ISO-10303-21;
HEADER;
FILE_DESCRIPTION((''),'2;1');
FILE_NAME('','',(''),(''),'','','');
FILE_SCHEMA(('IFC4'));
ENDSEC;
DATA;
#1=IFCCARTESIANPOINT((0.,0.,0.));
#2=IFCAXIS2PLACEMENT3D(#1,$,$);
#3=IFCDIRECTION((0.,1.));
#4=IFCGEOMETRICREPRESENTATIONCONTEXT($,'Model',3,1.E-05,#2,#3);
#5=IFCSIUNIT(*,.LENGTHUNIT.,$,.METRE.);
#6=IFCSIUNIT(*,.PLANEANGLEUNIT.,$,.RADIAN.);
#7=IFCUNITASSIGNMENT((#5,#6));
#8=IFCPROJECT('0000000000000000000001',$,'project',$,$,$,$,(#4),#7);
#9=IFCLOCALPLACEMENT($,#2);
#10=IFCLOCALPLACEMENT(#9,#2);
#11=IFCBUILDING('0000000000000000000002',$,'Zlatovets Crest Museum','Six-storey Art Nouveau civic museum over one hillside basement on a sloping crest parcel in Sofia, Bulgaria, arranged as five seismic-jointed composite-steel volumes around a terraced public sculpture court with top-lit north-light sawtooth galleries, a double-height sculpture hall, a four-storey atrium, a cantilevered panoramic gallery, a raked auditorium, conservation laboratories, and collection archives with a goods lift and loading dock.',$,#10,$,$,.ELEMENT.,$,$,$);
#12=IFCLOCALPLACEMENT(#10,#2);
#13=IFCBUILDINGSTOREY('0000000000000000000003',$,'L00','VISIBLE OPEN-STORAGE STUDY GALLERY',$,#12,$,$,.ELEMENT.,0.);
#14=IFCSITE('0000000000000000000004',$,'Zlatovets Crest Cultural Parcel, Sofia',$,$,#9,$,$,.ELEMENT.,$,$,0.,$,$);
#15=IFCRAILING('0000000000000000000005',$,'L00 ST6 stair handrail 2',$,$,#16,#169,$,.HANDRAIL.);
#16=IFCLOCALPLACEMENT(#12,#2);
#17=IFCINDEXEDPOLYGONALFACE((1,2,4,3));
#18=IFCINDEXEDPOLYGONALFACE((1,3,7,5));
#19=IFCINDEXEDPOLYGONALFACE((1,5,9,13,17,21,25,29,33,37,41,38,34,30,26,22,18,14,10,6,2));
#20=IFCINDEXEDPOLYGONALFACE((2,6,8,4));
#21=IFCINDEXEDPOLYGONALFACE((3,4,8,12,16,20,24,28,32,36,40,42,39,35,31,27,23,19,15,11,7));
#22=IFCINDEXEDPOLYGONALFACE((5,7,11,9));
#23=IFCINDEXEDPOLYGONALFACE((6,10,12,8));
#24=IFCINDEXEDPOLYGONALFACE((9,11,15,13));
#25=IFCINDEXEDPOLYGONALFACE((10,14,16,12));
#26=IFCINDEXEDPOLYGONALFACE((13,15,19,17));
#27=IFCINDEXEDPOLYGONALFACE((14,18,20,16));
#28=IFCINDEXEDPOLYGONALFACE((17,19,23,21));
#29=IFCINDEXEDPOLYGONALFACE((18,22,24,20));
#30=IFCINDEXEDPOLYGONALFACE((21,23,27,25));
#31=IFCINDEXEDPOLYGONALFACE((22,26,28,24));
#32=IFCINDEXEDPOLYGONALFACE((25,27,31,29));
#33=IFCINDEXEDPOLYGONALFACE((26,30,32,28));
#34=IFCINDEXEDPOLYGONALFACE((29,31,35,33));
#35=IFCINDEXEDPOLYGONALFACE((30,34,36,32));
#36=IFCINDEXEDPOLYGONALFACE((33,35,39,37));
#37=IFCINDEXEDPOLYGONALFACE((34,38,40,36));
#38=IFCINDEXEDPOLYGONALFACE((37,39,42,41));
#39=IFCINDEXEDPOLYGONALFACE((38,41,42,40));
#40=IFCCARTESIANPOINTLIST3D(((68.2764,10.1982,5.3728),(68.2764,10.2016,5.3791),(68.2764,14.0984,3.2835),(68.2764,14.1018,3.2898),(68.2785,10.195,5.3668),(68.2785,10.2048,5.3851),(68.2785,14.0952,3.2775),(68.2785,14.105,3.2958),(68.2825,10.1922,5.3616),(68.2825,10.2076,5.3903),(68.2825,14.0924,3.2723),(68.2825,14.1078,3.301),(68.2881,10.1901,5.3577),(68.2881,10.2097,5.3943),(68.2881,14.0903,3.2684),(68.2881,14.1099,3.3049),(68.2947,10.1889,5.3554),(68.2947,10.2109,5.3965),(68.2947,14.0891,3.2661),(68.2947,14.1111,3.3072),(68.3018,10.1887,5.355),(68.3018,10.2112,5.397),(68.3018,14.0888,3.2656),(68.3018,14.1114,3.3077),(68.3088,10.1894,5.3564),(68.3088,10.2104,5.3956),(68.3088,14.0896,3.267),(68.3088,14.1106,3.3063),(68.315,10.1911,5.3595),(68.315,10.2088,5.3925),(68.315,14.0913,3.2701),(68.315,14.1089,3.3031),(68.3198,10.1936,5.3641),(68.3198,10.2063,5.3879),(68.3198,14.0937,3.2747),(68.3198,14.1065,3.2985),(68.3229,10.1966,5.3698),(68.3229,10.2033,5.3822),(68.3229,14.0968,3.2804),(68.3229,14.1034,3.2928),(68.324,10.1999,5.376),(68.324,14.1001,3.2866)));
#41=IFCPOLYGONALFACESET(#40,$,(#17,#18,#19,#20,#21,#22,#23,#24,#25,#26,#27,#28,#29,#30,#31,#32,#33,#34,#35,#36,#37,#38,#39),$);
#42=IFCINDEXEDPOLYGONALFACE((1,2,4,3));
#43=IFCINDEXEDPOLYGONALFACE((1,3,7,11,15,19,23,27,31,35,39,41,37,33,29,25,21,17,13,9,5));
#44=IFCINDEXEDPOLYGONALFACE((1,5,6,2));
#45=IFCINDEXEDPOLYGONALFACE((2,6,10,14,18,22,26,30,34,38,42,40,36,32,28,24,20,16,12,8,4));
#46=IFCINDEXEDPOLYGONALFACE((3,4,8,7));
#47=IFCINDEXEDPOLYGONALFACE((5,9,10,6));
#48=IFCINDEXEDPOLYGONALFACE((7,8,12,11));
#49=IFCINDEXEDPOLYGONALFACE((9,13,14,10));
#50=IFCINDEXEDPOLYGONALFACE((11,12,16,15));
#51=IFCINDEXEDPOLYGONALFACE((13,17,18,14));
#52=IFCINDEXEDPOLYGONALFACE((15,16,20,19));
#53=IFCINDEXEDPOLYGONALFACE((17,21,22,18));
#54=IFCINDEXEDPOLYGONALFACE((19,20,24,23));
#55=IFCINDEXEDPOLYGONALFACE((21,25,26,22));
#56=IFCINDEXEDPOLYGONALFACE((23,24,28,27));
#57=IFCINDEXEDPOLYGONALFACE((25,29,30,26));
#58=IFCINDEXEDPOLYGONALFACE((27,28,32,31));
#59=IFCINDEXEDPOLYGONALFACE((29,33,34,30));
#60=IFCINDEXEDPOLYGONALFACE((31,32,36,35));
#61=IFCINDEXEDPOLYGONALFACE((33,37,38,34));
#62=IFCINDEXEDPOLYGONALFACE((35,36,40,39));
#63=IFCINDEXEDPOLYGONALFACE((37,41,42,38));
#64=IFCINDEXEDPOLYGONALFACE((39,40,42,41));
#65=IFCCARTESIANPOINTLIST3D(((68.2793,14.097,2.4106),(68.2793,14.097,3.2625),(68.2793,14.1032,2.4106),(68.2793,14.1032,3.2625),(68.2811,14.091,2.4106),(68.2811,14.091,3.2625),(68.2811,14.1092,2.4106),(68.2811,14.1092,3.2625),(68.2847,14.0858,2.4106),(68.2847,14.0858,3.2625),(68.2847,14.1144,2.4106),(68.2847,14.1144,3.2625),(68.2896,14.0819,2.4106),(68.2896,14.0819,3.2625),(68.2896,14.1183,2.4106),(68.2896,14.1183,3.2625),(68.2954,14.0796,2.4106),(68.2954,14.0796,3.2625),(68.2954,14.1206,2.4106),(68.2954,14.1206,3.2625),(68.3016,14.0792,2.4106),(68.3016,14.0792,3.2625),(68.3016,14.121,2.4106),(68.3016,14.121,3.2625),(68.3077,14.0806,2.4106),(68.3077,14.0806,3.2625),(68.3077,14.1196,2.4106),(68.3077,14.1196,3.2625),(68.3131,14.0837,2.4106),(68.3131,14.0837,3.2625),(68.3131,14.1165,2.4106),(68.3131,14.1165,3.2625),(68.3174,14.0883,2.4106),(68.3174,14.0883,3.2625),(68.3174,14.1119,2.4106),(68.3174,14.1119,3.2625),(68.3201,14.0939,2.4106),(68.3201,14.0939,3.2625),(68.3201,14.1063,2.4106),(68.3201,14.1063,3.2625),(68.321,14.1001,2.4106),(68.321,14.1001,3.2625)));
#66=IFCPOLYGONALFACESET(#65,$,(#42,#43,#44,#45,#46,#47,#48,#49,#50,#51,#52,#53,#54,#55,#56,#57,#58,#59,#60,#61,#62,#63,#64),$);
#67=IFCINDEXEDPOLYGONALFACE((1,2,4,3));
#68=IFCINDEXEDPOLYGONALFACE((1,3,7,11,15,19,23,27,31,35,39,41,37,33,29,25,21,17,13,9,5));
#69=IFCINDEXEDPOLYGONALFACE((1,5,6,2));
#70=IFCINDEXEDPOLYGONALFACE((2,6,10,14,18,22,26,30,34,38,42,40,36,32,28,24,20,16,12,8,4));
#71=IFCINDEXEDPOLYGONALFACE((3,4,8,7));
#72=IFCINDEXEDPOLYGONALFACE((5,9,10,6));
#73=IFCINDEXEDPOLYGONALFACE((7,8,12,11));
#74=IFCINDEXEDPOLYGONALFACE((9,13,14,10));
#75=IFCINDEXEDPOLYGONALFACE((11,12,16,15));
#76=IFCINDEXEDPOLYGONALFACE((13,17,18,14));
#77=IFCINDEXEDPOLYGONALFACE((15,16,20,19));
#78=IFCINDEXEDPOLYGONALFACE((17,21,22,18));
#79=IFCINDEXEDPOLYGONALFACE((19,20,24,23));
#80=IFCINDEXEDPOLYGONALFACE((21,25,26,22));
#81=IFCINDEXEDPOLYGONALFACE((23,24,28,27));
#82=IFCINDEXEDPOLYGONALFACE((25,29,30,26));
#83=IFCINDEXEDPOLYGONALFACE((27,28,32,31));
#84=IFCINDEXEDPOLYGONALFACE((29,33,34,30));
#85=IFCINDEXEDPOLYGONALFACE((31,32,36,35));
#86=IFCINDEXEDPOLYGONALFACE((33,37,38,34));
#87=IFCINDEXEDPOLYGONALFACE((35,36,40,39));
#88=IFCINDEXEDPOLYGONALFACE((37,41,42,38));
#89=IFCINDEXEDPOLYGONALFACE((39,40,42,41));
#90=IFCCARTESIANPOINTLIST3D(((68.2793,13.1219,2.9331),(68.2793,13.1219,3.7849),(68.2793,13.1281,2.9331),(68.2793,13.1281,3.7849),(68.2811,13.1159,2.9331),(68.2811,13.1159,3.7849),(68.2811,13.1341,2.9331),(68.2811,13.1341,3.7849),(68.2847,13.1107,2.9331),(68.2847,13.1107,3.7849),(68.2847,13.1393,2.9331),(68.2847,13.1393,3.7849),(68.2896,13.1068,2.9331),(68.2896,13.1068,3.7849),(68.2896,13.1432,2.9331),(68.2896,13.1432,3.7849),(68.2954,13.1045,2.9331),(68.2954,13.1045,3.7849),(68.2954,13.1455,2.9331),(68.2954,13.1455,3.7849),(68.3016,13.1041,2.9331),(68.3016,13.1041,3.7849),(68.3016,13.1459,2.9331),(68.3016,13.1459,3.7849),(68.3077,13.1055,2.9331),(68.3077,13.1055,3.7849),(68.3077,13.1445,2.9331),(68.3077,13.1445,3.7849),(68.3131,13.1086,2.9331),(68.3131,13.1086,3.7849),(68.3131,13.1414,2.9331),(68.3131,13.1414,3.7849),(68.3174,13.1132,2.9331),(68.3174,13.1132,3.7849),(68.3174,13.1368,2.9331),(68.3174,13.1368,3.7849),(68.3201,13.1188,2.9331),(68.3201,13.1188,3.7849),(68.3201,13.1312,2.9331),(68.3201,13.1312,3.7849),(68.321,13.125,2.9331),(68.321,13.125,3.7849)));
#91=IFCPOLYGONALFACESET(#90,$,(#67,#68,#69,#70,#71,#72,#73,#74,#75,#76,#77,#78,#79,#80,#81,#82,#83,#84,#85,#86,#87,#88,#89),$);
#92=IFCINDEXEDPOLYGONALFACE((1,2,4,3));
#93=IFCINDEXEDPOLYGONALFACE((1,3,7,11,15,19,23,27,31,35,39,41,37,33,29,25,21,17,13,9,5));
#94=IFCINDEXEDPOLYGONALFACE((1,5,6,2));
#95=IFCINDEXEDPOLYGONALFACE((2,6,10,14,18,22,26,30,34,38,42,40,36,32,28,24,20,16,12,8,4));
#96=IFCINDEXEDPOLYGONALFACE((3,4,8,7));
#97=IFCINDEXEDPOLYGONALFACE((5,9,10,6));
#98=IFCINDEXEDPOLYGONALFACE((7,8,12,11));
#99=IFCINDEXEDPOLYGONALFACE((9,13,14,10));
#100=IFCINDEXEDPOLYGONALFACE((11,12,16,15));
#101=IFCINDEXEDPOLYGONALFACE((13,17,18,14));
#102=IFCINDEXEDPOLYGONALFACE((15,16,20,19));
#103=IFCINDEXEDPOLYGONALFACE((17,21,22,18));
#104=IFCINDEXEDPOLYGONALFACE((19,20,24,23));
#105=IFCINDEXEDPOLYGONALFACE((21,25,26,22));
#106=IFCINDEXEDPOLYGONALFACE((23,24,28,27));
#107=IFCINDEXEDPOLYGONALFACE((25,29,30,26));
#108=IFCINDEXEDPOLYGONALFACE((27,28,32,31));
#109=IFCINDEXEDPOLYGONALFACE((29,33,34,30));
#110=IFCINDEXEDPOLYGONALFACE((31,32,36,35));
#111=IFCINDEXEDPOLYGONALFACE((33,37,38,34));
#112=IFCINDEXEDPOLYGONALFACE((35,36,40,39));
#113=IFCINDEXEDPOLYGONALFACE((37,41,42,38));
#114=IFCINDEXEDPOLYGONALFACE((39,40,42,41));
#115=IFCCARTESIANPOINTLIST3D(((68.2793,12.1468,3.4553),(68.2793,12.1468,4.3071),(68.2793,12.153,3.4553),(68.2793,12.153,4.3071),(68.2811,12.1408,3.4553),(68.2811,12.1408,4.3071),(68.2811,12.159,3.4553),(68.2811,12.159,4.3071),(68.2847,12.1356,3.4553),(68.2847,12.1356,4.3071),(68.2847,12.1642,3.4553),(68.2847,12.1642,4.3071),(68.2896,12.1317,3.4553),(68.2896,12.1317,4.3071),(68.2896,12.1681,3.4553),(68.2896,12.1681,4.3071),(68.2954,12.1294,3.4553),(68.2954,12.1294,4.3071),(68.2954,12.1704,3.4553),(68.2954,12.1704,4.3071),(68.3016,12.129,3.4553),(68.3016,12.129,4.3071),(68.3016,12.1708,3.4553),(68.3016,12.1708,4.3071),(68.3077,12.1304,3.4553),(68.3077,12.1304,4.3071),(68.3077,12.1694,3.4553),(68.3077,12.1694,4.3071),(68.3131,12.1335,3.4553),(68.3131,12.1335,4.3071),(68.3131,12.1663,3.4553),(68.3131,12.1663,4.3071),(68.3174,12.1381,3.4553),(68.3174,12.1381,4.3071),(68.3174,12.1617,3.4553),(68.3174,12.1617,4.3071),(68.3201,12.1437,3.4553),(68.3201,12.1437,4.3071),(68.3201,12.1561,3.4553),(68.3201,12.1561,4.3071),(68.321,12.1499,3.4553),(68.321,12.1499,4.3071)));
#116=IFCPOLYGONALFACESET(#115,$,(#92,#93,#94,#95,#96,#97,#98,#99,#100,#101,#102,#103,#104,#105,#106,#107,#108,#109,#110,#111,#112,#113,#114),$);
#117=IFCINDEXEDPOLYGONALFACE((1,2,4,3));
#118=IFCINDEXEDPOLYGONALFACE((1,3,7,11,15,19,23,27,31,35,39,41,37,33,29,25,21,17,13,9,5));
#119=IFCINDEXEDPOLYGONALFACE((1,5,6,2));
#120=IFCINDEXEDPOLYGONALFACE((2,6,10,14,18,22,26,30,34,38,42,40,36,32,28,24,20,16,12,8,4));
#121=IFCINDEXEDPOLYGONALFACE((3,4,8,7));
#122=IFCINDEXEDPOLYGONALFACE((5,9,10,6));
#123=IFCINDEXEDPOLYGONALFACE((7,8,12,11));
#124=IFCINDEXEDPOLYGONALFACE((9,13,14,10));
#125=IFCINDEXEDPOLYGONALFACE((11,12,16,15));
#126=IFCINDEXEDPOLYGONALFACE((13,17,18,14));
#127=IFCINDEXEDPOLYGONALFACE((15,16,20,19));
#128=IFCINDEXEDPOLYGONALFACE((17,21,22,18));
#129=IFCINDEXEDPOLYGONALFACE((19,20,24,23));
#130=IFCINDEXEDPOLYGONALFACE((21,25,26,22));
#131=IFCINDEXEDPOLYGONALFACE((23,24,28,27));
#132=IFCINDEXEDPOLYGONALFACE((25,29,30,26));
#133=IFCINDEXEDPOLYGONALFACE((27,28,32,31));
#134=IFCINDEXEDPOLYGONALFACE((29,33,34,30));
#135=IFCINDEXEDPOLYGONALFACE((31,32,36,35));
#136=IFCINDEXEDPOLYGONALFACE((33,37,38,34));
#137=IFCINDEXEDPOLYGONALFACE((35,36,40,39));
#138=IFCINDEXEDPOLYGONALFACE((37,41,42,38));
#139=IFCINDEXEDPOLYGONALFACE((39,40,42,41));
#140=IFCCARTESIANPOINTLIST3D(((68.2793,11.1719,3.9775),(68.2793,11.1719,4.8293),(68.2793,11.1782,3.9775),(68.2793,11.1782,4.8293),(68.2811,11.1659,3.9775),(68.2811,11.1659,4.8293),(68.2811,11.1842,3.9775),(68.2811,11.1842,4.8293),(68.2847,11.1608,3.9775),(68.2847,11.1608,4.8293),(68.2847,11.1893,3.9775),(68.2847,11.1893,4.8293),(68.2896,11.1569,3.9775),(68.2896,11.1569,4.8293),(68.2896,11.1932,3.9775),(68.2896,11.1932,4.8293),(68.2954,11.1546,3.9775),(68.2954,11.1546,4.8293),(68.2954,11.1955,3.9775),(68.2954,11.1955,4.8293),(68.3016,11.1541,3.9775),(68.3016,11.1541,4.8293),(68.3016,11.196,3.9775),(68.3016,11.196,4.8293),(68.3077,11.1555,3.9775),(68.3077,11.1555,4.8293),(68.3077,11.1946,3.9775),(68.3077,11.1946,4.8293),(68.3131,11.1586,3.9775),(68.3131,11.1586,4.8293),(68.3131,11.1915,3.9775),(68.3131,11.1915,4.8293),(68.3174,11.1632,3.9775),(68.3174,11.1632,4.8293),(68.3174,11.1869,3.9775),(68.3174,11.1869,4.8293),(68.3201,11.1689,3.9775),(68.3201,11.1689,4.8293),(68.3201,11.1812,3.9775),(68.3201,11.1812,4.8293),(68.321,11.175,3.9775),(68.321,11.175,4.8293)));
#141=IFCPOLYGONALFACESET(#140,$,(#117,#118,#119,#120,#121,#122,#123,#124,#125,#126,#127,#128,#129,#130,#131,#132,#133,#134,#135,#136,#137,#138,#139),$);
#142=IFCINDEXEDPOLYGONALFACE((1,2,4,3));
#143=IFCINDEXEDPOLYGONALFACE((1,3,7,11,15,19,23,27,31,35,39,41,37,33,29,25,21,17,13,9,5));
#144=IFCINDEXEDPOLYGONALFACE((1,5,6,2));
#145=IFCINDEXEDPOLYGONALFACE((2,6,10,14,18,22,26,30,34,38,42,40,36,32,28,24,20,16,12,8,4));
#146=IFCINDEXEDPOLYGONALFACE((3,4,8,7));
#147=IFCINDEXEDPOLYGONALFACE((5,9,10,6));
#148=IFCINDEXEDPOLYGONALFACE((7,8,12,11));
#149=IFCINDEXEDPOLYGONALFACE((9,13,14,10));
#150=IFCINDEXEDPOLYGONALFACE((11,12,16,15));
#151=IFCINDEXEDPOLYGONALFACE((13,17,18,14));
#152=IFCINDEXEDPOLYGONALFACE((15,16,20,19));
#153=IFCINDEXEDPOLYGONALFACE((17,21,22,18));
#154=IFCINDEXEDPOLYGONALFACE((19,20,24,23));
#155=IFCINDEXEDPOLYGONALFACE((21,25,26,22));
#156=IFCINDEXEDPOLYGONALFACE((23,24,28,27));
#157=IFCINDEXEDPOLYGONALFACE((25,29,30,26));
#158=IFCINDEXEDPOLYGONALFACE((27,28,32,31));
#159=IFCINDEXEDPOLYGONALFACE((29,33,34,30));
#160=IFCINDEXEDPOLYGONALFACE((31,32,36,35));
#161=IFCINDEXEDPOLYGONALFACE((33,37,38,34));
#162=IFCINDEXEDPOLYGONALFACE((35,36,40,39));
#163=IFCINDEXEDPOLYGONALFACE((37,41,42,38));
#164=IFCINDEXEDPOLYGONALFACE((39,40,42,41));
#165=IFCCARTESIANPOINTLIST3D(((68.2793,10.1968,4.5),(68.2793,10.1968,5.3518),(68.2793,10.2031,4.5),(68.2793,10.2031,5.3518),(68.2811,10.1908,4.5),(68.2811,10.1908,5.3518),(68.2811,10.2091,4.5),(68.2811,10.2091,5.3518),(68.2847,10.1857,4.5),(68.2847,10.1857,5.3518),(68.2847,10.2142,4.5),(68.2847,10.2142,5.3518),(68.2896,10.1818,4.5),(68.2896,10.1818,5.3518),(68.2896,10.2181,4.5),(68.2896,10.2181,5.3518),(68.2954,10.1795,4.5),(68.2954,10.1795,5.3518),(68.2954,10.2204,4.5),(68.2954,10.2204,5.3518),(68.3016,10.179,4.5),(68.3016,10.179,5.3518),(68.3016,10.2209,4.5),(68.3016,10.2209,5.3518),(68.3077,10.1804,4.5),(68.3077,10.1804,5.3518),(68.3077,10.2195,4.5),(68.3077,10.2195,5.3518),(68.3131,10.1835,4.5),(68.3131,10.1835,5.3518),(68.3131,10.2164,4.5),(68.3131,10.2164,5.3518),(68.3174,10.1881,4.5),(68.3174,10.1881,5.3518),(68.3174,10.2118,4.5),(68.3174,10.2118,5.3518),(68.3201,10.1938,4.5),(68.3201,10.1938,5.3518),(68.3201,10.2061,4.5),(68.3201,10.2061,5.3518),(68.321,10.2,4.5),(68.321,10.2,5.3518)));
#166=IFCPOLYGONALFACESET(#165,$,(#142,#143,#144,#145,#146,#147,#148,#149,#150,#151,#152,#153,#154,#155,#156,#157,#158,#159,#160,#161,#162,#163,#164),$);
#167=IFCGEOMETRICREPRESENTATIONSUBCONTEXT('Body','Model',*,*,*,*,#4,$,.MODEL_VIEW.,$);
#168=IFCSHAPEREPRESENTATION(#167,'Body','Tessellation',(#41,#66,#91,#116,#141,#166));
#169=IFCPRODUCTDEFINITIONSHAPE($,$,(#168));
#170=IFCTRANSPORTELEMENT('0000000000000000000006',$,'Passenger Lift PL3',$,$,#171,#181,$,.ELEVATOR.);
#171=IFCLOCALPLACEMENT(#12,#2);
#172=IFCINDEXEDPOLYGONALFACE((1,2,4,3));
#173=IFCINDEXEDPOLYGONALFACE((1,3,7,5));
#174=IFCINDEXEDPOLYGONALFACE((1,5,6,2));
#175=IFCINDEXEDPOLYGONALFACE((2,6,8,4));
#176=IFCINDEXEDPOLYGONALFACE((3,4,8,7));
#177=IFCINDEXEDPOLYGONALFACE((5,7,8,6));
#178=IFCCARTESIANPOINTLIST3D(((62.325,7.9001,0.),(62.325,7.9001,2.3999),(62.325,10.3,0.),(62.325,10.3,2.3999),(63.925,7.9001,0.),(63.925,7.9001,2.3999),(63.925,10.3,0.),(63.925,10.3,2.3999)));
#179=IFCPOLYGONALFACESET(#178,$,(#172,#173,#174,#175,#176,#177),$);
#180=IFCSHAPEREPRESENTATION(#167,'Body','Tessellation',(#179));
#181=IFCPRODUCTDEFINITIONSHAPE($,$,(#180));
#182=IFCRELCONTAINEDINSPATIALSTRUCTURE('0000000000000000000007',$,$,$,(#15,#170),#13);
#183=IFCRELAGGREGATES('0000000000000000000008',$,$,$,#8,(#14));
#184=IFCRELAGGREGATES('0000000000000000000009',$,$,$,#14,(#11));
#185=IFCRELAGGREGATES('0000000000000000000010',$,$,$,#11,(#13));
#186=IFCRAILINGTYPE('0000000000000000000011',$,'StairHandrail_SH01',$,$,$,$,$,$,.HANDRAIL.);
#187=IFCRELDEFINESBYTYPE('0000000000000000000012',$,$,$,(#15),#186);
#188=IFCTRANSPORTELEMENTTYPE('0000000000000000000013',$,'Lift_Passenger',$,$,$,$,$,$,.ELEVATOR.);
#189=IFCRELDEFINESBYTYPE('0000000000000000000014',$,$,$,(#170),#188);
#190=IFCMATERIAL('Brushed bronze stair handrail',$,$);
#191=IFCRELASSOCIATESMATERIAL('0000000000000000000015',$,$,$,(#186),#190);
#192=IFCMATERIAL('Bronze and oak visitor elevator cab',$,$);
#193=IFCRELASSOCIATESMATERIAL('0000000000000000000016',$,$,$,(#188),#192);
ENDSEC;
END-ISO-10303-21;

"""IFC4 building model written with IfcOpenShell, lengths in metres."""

from ifc_helpers import new_model, si_unit, direction, frame, origin, origin_2d, place, context, subcontext, project, spatial, rectangle, circle, extrude, material, type_object, element, save


model = new_model("IFC4")

# Units and contexts
model_context = context("Model", 3, precision=1e-05, world=origin(), true_north=direction((0.0, 1.0)))
body_context = subcontext(model_context, "Body", "Model", "MODEL_VIEW")
ifc_project = project(units=[si_unit("LENGTHUNIT", "METRE"), si_unit("PLANEANGLEUNIT", "RADIAN")], contexts=[model_context])

# Site, building, storey
site_placement = place(None, origin())
site = spatial("IfcSite", under=ifc_project, at=site_placement, Name="Zlatovets Crest Cultural Parcel, Sofia", CompositionType="ELEMENT", RefElevation=0.0)
building_placement = place(site_placement, origin())
building = spatial("IfcBuilding", under=site, at=building_placement, Name="Zlatovets Crest Museum", Description="Six-storey Art Nouveau civic museum over one hillside basement on a sloping crest parcel in Sofia, Bulgaria, arranged as five seismic-jointed composite-steel volumes around a terraced public sculpture court with top-lit north-light sawtooth galleries, a double-height sculpture hall, a four-storey atrium, a cantilevered panoramic gallery, a raked auditorium, conservation laboratories, and collection archives with a goods lift and loading dock.", CompositionType="ELEMENT")
storey_placement = place(building_placement, origin())
storey = spatial("IfcBuildingStorey", under=building, at=storey_placement, Name="L00", Description="VISIBLE OPEN-STORAGE STUDY GALLERY", CompositionType="ELEMENT", Elevation=0.0)

# Railing
ifc_material_1 = material(Name="Brushed bronze stair handrail")
railing_type_1 = type_object("IfcRailingType", Name="StairHandrail_SH01", PredefinedType="HANDRAIL", material=ifc_material_1)
railing_1_placement = place(storey_placement, frame((68.3, 14.1001, 2.4106)))
element("IfcRailing", 1, at=railing_1_placement, inside=storey, type_object=railing_type_1, Name="L00 ST6 stair handrail 2", PredefinedType="HANDRAIL", context=body_context, shape_type="SweptSolid", body=[
    extrude(circle(Radius=0.0239, at=origin_2d()), frame((0.0, 0.0, 0.876), z_axis=(0.0, -0.881481, 0.47222), x_axis=(1.0, 0.0, 0.0)), (0.0, 0.0, 1.0), 4.4246),
    extrude(circle(Radius=0.021, at=origin_2d()), origin(), (0.0, 0.0, 1.0), 0.8518),
    extrude(circle(Radius=0.021, at=origin_2d()), frame((0.0, -0.9751, 0.5225)), (0.0, 0.0, 1.0), 0.8518),
    extrude(circle(Radius=0.021, at=origin_2d()), frame((0.0, -1.9502, 1.0447)), (0.0, 0.0, 1.0), 0.8518),
    extrude(circle(Radius=0.021, at=origin_2d()), frame((0.0, -2.925, 1.5669)), (0.0, 0.0, 1.0), 0.8518),
    extrude(circle(Radius=0.021, at=origin_2d()), frame((0.0, -3.9001, 2.0894)), (0.0, 0.0, 1.0), 0.8518),
])

# Transport element
ifc_material_2 = material(Name="Bronze and oak visitor elevator cab")
transport_element_type = type_object("IfcTransportElementType", Name="Lift_Passenger", PredefinedType="ELEVATOR", material=ifc_material_2)
transport_element_placement = place(storey_placement, frame((63.125, 9.1001, 0.0), z_axis=(0.0, 0.0, 1.0), x_axis=(1.0, 0.0, 0.0)))
element("IfcTransportElement", 2, at=transport_element_placement, inside=storey, type_object=transport_element_type, Name="Passenger Lift PL3", PredefinedType="ELEVATOR", context=body_context, shape_type="SweptSolid", body=[
    extrude(rectangle(XDim=1.6001, YDim=2.3999, at=origin_2d()), origin(), (0.0, 0.0, 1.0), 2.3999),
])

save(model, "model.ifc")
